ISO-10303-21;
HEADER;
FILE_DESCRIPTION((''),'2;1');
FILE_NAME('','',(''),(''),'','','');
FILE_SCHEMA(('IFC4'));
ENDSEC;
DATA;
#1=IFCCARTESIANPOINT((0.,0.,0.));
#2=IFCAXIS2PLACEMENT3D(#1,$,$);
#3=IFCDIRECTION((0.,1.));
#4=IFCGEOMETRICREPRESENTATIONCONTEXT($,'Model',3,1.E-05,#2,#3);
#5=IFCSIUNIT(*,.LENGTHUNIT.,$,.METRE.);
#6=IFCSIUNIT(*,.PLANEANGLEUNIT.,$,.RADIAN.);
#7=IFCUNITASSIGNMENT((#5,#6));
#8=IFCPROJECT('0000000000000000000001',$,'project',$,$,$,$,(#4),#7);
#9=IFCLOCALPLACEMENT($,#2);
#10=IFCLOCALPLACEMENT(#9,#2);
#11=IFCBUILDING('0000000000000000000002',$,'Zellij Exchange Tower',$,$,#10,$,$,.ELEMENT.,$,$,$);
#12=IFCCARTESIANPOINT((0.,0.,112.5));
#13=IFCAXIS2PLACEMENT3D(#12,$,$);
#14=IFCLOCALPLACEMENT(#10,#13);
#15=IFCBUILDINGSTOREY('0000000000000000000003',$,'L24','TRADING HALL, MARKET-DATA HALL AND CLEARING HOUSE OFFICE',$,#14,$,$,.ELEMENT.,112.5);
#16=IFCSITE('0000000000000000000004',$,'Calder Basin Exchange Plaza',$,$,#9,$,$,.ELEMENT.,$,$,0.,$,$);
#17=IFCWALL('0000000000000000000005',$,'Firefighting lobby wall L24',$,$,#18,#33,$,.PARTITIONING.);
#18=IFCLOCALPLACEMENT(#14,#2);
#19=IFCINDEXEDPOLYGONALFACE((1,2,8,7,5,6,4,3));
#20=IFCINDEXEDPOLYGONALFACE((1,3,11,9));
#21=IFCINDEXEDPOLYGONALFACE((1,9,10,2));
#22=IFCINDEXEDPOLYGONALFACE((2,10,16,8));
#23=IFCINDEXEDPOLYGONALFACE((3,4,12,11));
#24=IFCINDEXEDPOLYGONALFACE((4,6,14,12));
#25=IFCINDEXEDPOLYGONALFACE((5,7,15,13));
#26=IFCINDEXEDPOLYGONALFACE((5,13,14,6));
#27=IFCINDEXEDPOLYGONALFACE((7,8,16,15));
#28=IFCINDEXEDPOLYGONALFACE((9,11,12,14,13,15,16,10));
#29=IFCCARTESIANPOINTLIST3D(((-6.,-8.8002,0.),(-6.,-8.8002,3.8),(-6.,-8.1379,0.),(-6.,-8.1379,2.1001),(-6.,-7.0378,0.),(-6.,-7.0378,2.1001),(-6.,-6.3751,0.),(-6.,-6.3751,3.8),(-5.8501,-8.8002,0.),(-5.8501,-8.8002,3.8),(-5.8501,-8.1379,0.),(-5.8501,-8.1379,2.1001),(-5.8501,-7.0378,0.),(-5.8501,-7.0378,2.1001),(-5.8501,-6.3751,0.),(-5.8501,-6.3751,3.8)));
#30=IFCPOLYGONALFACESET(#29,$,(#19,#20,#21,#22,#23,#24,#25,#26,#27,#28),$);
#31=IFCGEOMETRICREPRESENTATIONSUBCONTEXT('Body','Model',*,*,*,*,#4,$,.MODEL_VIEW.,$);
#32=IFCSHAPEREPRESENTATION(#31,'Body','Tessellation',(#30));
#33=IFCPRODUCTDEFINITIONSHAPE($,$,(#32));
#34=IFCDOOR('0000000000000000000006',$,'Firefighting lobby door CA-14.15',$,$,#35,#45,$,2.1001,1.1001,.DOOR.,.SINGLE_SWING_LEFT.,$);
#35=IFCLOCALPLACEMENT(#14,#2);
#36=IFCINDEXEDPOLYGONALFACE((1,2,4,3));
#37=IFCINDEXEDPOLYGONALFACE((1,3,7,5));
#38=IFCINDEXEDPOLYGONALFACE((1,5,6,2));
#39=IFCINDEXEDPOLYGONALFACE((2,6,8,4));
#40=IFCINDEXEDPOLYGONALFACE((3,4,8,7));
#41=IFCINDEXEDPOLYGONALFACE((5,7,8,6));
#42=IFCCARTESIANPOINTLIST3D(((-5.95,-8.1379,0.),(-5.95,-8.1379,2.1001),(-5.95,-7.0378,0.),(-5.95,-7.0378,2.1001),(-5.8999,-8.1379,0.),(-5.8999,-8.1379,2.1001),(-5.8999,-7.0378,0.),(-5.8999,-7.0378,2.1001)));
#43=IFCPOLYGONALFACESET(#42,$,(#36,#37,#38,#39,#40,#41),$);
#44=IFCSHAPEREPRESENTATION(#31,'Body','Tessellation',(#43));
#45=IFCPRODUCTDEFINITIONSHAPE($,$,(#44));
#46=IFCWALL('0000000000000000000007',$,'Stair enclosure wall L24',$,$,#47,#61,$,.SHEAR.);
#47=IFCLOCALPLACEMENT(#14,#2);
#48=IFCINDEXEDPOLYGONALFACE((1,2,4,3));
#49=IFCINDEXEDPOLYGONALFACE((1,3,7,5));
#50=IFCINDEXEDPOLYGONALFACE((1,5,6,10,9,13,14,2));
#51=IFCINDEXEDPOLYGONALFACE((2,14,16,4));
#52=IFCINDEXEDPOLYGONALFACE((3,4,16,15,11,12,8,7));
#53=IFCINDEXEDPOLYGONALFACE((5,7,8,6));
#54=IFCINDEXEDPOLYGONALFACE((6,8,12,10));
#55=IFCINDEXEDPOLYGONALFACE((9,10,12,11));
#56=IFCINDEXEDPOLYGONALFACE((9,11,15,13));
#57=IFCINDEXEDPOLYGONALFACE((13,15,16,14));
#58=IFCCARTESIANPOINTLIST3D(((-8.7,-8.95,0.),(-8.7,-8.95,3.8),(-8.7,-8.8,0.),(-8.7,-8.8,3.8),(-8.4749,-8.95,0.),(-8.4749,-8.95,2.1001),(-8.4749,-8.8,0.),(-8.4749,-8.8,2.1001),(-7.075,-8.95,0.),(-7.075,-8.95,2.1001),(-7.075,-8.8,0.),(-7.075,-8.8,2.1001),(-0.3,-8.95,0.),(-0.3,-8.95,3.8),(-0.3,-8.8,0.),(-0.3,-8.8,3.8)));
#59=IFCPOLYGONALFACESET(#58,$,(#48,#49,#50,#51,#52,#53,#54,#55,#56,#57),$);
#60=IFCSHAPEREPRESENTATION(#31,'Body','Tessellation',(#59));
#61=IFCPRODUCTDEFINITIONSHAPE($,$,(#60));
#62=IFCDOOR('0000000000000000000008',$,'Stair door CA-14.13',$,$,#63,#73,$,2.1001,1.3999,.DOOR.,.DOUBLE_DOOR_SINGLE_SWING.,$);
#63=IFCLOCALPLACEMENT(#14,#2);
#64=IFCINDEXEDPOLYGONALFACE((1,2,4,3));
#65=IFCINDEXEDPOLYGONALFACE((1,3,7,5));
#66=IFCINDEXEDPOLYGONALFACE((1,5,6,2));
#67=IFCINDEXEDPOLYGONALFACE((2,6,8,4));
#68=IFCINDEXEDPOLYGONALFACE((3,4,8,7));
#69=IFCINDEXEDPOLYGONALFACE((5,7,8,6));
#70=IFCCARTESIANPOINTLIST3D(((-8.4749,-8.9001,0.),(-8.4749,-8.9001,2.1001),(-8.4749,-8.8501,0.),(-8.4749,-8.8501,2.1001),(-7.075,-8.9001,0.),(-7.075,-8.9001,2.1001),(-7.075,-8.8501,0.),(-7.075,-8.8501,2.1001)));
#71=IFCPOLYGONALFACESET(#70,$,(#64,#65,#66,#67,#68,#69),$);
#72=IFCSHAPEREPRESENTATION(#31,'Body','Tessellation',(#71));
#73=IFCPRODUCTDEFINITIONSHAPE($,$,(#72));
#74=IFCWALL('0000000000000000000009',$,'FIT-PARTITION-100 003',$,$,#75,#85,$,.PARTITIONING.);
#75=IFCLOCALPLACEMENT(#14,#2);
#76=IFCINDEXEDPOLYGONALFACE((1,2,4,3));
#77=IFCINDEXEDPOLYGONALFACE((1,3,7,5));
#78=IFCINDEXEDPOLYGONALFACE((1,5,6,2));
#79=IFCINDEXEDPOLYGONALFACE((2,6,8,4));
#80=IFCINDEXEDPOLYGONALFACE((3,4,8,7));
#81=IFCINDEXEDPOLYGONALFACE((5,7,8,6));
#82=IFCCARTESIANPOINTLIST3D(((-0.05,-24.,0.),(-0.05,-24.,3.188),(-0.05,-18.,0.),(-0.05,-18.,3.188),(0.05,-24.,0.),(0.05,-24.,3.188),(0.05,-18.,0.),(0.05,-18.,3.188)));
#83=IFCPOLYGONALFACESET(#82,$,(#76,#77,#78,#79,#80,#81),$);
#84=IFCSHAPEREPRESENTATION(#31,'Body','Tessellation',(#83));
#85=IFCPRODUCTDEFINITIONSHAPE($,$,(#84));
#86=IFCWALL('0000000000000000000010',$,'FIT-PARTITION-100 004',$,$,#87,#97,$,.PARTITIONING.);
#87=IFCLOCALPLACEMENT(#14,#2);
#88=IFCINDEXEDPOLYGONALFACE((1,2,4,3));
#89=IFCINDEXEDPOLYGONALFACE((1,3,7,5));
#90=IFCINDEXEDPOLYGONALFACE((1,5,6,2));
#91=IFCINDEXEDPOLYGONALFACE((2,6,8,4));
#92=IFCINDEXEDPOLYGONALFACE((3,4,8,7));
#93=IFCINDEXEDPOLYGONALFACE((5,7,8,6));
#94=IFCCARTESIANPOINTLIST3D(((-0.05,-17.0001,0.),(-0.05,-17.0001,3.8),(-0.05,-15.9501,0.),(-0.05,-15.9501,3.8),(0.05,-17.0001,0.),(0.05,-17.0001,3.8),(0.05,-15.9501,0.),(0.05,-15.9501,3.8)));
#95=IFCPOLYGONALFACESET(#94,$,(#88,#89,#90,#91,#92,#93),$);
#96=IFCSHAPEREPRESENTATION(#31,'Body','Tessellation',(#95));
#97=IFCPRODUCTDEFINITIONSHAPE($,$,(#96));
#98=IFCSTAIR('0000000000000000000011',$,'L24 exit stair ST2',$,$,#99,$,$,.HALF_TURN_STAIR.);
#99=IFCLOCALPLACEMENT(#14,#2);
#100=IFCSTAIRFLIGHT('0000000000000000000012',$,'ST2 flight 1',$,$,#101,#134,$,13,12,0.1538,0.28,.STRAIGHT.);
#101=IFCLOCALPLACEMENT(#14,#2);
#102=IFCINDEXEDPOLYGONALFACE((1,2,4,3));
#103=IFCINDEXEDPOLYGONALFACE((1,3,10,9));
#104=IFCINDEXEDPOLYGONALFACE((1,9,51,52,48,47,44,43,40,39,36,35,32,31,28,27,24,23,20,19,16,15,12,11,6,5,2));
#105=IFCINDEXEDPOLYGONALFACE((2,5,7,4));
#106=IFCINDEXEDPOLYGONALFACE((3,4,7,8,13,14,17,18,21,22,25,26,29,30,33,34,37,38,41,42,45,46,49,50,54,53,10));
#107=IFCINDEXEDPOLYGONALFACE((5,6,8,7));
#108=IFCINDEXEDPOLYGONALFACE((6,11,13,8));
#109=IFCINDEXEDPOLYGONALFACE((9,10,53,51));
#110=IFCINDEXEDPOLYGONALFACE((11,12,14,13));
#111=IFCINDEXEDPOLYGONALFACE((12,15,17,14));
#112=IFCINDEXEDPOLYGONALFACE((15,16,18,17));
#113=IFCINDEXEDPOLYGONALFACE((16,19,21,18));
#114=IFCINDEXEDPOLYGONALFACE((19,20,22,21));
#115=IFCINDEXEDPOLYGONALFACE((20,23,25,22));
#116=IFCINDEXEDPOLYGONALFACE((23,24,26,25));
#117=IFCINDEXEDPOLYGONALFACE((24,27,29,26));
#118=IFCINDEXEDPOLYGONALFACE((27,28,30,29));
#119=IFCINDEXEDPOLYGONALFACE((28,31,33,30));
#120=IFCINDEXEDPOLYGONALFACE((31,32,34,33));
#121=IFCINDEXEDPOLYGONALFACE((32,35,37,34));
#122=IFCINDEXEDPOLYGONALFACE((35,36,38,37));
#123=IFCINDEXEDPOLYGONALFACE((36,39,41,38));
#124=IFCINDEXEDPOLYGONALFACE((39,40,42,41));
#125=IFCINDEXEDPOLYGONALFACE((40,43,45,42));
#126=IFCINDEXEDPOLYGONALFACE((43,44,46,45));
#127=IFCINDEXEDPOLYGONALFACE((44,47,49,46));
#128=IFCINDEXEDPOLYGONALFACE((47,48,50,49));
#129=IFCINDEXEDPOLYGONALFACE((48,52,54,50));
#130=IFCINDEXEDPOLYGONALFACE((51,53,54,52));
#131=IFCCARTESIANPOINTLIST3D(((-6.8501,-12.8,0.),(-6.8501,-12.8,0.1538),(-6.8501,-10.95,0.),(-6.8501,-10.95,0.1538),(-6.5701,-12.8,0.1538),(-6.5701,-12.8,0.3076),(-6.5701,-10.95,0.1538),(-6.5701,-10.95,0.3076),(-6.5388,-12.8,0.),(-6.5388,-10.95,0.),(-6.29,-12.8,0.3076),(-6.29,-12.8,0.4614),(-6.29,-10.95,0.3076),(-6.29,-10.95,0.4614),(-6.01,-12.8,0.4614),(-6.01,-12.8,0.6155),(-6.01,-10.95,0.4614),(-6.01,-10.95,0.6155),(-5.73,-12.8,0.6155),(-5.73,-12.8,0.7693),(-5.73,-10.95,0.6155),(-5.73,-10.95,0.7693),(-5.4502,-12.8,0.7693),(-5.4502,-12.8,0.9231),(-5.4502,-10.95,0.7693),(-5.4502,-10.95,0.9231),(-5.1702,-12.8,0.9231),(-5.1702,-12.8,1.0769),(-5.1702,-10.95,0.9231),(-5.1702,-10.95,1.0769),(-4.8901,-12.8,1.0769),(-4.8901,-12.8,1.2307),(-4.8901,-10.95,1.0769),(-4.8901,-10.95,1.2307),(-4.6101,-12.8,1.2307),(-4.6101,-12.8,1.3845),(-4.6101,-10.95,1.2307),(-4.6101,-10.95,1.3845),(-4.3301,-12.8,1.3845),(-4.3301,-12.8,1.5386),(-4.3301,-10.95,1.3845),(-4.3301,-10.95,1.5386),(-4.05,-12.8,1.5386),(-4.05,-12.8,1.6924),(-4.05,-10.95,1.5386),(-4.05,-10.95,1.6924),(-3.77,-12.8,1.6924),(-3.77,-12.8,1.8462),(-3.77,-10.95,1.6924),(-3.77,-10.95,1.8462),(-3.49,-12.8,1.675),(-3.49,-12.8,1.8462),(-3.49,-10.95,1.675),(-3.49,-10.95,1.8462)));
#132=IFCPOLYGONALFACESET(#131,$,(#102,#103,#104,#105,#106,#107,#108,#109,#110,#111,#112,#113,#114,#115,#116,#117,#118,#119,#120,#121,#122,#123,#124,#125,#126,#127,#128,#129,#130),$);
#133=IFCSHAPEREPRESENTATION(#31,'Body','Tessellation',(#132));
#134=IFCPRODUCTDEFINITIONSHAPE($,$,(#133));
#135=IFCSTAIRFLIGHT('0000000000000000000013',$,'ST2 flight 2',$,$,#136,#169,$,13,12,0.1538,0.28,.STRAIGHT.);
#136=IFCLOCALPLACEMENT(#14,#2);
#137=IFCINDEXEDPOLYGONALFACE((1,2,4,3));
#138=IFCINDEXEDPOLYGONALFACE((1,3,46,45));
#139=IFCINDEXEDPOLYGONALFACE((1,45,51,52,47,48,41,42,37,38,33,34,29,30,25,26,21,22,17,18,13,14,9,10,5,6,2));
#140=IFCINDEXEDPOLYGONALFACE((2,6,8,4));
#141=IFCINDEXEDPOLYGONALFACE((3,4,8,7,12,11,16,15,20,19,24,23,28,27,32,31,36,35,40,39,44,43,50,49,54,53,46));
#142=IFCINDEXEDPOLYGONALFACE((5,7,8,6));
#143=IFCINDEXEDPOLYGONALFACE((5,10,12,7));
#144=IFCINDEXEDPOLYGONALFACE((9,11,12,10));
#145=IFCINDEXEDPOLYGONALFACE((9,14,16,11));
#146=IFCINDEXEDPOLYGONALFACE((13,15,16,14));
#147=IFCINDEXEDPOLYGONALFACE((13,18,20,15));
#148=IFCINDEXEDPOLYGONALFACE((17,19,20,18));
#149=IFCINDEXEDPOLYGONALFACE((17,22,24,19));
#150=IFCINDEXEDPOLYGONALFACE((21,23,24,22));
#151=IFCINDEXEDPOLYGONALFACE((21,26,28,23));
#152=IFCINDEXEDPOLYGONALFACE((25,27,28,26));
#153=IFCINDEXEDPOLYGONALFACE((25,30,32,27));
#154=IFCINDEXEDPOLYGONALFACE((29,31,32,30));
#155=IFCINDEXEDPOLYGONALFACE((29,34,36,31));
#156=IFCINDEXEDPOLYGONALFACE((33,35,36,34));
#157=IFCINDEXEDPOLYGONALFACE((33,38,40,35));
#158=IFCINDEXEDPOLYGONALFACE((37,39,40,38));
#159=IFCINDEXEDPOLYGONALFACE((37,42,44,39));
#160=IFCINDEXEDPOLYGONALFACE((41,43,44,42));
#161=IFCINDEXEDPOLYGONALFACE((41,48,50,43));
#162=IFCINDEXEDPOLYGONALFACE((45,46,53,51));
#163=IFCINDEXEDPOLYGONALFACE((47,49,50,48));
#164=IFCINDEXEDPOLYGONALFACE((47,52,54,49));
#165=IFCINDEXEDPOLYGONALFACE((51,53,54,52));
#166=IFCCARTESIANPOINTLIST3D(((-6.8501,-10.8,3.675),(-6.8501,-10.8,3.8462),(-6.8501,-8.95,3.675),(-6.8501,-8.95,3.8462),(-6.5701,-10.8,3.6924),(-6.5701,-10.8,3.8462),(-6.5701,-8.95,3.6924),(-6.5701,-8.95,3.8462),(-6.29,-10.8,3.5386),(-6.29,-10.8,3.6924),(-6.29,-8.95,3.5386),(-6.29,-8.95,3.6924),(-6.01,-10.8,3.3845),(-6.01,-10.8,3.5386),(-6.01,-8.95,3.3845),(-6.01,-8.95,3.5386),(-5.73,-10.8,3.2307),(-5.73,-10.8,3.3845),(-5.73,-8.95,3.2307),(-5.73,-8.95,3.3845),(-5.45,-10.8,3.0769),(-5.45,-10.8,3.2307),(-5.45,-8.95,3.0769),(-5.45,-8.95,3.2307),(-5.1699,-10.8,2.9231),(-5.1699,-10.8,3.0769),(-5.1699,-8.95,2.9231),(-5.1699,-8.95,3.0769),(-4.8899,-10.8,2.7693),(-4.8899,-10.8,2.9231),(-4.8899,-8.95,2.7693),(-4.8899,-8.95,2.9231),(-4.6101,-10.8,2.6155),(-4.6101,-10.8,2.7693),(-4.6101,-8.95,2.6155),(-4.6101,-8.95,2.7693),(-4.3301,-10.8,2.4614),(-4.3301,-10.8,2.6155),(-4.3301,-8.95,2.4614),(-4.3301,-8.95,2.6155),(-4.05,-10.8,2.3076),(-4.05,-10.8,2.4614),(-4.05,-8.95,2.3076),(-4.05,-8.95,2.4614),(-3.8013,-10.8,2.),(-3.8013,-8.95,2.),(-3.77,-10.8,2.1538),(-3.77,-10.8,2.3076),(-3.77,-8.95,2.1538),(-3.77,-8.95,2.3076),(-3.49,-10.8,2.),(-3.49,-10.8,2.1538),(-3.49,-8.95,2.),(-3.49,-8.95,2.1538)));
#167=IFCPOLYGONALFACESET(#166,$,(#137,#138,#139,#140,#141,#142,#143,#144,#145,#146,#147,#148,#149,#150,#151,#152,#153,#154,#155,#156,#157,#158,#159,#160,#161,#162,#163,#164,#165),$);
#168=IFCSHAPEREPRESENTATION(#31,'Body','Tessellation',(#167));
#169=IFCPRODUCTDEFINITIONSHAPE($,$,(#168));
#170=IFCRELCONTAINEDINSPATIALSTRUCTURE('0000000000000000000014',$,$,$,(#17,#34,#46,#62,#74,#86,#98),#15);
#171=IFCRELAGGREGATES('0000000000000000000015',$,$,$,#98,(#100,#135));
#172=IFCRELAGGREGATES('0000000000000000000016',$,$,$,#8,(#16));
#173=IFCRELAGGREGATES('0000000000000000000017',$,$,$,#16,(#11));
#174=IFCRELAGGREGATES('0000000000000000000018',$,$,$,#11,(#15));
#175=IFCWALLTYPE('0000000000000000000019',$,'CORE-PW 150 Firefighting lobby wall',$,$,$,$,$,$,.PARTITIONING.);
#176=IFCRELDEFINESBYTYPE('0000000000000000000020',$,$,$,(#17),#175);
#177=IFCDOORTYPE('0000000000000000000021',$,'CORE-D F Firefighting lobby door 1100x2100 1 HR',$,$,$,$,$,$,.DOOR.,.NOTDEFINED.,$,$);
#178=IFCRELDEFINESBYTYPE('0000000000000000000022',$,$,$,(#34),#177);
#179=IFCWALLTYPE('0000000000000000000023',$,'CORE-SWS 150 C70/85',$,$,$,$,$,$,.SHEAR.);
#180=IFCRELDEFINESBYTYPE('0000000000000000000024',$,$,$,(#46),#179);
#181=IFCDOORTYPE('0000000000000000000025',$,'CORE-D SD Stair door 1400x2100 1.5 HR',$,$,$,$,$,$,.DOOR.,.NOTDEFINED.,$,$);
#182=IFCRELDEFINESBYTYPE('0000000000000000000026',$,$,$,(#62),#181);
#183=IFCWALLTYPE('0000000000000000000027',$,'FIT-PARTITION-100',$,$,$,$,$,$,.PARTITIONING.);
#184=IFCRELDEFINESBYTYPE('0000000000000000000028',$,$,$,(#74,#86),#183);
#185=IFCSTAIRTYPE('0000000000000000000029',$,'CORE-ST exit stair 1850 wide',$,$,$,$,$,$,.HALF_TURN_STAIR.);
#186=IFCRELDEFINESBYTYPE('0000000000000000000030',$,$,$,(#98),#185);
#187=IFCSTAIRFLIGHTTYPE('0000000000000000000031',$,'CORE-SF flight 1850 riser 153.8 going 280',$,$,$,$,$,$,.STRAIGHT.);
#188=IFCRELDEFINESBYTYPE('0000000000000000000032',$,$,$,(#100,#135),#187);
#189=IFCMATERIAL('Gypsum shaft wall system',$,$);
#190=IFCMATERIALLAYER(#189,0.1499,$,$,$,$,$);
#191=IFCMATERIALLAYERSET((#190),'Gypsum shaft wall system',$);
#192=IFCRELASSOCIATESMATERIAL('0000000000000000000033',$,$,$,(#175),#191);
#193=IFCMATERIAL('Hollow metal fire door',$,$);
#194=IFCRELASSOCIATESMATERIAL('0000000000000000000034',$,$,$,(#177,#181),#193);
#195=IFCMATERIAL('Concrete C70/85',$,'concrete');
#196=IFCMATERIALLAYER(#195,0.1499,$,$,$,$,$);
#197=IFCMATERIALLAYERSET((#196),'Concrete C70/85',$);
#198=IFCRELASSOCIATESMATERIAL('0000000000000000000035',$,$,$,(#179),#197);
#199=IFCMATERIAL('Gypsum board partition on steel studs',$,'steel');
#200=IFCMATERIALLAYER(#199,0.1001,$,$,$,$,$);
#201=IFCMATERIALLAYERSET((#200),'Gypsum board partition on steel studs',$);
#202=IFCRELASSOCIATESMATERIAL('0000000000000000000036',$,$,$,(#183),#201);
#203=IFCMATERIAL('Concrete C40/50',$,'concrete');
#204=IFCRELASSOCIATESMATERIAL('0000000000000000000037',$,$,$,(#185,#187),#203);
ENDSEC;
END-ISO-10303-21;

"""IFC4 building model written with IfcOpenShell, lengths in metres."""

from ifc_helpers import new_model, si_unit, direction, frame, frame_2d, origin, place, context, subcontext, project, spatial, polyline, rectangle, outline, extrude, material, layer, layer_set, type_object, element, fill, aggregate, save


model = new_model("IFC4")

# Units and contexts
model_context = context("Model", 3, precision=1e-05, world=origin(), true_north=direction((0.0, 1.0)))
body_context = subcontext(model_context, "Body", "Model", "MODEL_VIEW")
ifc_project = project(units=[si_unit("LENGTHUNIT", "METRE"), si_unit("PLANEANGLEUNIT", "RADIAN")], contexts=[model_context])

# Site, building, storey
site_placement = place(None, origin())
site = spatial("IfcSite", under=ifc_project, at=site_placement, Name="Calder Basin Exchange Plaza", CompositionType="ELEMENT", RefElevation=0.0)
building_placement = place(site_placement, origin())
building = spatial("IfcBuilding", under=site, at=building_placement, Name="Zellij Exchange Tower", CompositionType="ELEMENT")
storey_placement = place(building_placement, frame((0.0, 0.0, 112.5)))
storey = spatial("IfcBuildingStorey", under=building, at=storey_placement, Name="L24", Description="TRADING HALL, MARKET-DATA HALL AND CLEARING HOUSE OFFICE", CompositionType="ELEMENT", Elevation=112.5)

# Shared definitions
ifc_material_1 = material(Name="Concrete C70/85", Category="concrete")

# Walls, openings, doors
ifc_material_2 = material(Name="Gypsum shaft wall system")
ifc_layer_1 = layer(ifc_material_2, 0.1499)
ifc_layer_set_1 = layer_set([ifc_layer_1], Name="Gypsum shaft wall system")
wall_type_1 = type_object("IfcWallType", Name="CORE-PW 150 Firefighting lobby wall", PredefinedType="PARTITIONING", material=ifc_layer_set_1)
wall_1_placement = place(storey_placement, frame((-5.925, -8.8, 0.0), z_axis=(0.0, 0.0, 1.0), x_axis=(0.0, 1.0, 0.0)))
wall_1 = element("IfcWall", 1, at=wall_1_placement, inside=storey, type_object=wall_type_1, Name="Firefighting lobby wall L24", PredefinedType="PARTITIONING", context=body_context, shape_type="SweptSolid", body=[
    extrude(rectangle(XDim=2.425, YDim=0.1499, at=frame_2d((1.2124, 0.0))), origin(), (0.0, 0.0, 1.0), 3.8),
])
opening_1_placement = place(wall_1_placement, frame((0.6621, 0.0, 0.0)))
opening_1 = element("IfcOpeningElement", 2, at=opening_1_placement, cuts=wall_1, PredefinedType="OPENING", context=body_context, shape_type="SweptSolid", body=[
    extrude(rectangle(XDim=1.1001, YDim=2.1001, at=frame_2d((0.55, 1.05))), frame((0.0, 0.0869, 0.0), z_axis=(0.0, -1.0, 0.0), x_axis=(1.0, 0.0, 0.0)), (0.0, 0.0, 1.0), 0.1738),
])
ifc_material_3 = material(Name="Hollow metal fire door")
door_type_1 = type_object("IfcDoorType", Name="CORE-D F Firefighting lobby door 1100x2100 1 HR", OperationType="NOTDEFINED", PredefinedType="DOOR", material=ifc_material_3)
door_1_placement = place(opening_1_placement, origin())
door_1 = element("IfcDoor", 3, at=door_1_placement, inside=storey, type_object=door_type_1, Name="Firefighting lobby door CA-14.15", OperationType="SINGLE_SWING_LEFT", OverallHeight=2.1001, OverallWidth=1.1001, PredefinedType="DOOR", context=body_context, shape_type="SweptSolid", body=[
    extrude(rectangle(XDim=1.1001, YDim=2.1001, at=frame_2d((0.55, 1.05))), frame((0.0, 0.0249, 0.0), z_axis=(0.0, -1.0, 0.0), x_axis=(1.0, 0.0, 0.0)), (0.0, 0.0, 1.0), 0.05),
])
fill(opening_1, door_1)
ifc_layer_2 = layer(ifc_material_1, 0.1499)
ifc_layer_set_2 = layer_set([ifc_layer_2], Name="Concrete C70/85")
wall_type_2 = type_object("IfcWallType", Name="CORE-SWS 150 C70/85", PredefinedType="SHEAR", material=ifc_layer_set_2)
wall_2_placement = place(storey_placement, frame((-8.7, -8.875, 0.0), z_axis=(0.0, 0.0, 1.0), x_axis=(1.0, 0.0, 0.0)))
wall_2 = element("IfcWall", 4, at=wall_2_placement, inside=storey, type_object=wall_type_2, Name="Stair enclosure wall L24", PredefinedType="SHEAR", context=body_context, shape_type="SweptSolid", body=[
    extrude(rectangle(XDim=8.3999, YDim=0.1499, at=frame_2d((4.2, 0.0))), origin(), (0.0, 0.0, 1.0), 3.8),
])
opening_2_placement = place(wall_2_placement, frame((0.2251, 0.0, 0.0)))
opening_2 = element("IfcOpeningElement", 5, at=opening_2_placement, cuts=wall_2, PredefinedType="OPENING", context=body_context, shape_type="SweptSolid", body=[
    extrude(rectangle(XDim=1.3999, YDim=2.1001, at=frame_2d((0.7, 1.05))), frame((0.0, 0.0869, 0.0), z_axis=(0.0, -1.0, 0.0), x_axis=(1.0, 0.0, 0.0)), (0.0, 0.0, 1.0), 0.1738),
])
door_type_2 = type_object("IfcDoorType", Name="CORE-D SD Stair door 1400x2100 1.5 HR", OperationType="NOTDEFINED", PredefinedType="DOOR", material=ifc_material_3)
door_2_placement = place(opening_2_placement, origin())
door_2 = element("IfcDoor", 6, at=door_2_placement, inside=storey, type_object=door_type_2, Name="Stair door CA-14.13", OperationType="DOUBLE_DOOR_SINGLE_SWING", OverallHeight=2.1001, OverallWidth=1.3999, PredefinedType="DOOR", context=body_context, shape_type="SweptSolid", body=[
    extrude(rectangle(XDim=1.3999, YDim=2.1001, at=frame_2d((0.7, 1.05))), frame((0.0, 0.0249, 0.0), z_axis=(0.0, -1.0, 0.0), x_axis=(1.0, 0.0, 0.0)), (0.0, 0.0, 1.0), 0.05),
])
fill(opening_2, door_2)

# Walls
ifc_material_4 = material(Name="Gypsum board partition on steel studs", Category="steel")
ifc_layer_3 = layer(ifc_material_4, 0.1001)
ifc_layer_set_3 = layer_set([ifc_layer_3], Name="Gypsum board partition on steel studs")
wall_type_3 = type_object("IfcWallType", Name="FIT-PARTITION-100", PredefinedType="PARTITIONING", material=ifc_layer_set_3)
wall_3_placement = place(storey_placement, frame((0.0, -24.0, 0.0), z_axis=(0.0, 0.0, 1.0), x_axis=(0.0, 1.0, 0.0)))
element("IfcWall", 7, at=wall_3_placement, inside=storey, type_object=wall_type_3, Name="FIT-PARTITION-100 003", PredefinedType="PARTITIONING", context=body_context, shape_type="SweptSolid", body=[
    extrude(rectangle(XDim=6.0, YDim=0.1001, at=frame_2d((3.0, 0.0))), origin(), (0.0, 0.0, 1.0), 3.188),
])
wall_4_placement = place(storey_placement, frame((0.0, -17.0, 0.0), z_axis=(0.0, 0.0, 1.0), x_axis=(0.0, 1.0, 0.0)))
element("IfcWall", 8, at=wall_4_placement, inside=storey, type_object=wall_type_3, Name="FIT-PARTITION-100 004", PredefinedType="PARTITIONING", context=body_context, shape_type="SweptSolid", body=[
    extrude(rectangle(XDim=1.05, YDim=0.1001, at=frame_2d((0.5249, 0.0))), origin(), (0.0, 0.0, 1.0), 3.8),
])

# Stair, stair flights
ifc_material_5 = material(Name="Concrete C40/50", Category="concrete")
stair_type = type_object("IfcStairType", Name="CORE-ST exit stair 1850 wide", PredefinedType="HALF_TURN_STAIR", material=ifc_material_5)
stair_placement = place(storey_placement, origin())
stair = element("IfcStair", 9, at=stair_placement, inside=storey, type_object=stair_type, Name="L24 exit stair ST2", PredefinedType="HALF_TURN_STAIR")
stair_flight_type = type_object("IfcStairFlightType", Name="CORE-SF flight 1850 riser 153.8 going 280", PredefinedType="STRAIGHT", material=ifc_material_5)
stair_flight_1_placement = place(storey_placement, frame((-6.8501, -11.875, 0.0), z_axis=(0.0, 0.0, 1.0), x_axis=(1.0, 0.0, 0.0)))
stair_flight_1 = element("IfcStairFlight", 10, at=stair_flight_1_placement, type_object=stair_flight_type, Name="ST2 flight 1", NumberOfRisers=13, NumberOfTreads=12, PredefinedType="STRAIGHT", RiserHeight=0.1538, TreadLength=0.28, context=body_context, shape_type="SweptSolid", body=[
    extrude(outline(polyline([(0.0, 0.0), (0.0, 0.1538), (0.28, 0.1538), (0.28, 0.3076), (0.5601, 0.3076), (0.5601, 0.4614), (0.8401, 0.4614), (0.8401, 0.6155), (1.1201, 0.6155), (1.1201, 0.7693), (1.3999, 0.7693), (1.3999, 0.9231), (1.6799, 0.9231), (1.6799, 1.0769), (1.96, 1.0769), (1.96, 1.2307), (2.24, 1.2307), (2.24, 1.3845), (2.52, 1.3845), (2.52, 1.5386), (2.8, 1.5386), (2.8, 1.6924), (3.0801, 1.6924), (3.0801, 1.8462), (3.3601, 1.8462), (3.3601, 2.0), (3.3601, 1.675), (0.3113, 0.0), (0.0, 0.0)])), frame((0.0, 0.925, 0.0), z_axis=(0.0, -1.0, 0.0), x_axis=(1.0, 0.0, 0.0)), (0.0, 0.0, 1.0), 1.8501),
])
stair_flight_2_placement = place(storey_placement, frame((-3.49, -9.875, 2.0), z_axis=(0.0, 0.0, 1.0), x_axis=(-1.0, 0.0, 0.0)))
stair_flight_2 = element("IfcStairFlight", 11, at=stair_flight_2_placement, type_object=stair_flight_type, Name="ST2 flight 2", NumberOfRisers=13, NumberOfTreads=12, PredefinedType="STRAIGHT", RiserHeight=0.1538, TreadLength=0.28, context=body_context, shape_type="SweptSolid", body=[
    extrude(outline(polyline([(0.0, 0.0), (0.0, 0.1538), (0.28, 0.1538), (0.28, 0.3076), (0.5601, 0.3076), (0.5601, 0.4614), (0.8401, 0.4614), (0.8401, 0.6155), (1.1201, 0.6155), (1.1201, 0.7693), (1.3999, 0.7693), (1.3999, 0.9231), (1.6799, 0.9231), (1.6799, 1.0769), (1.96, 1.0769), (1.96, 1.2307), (2.24, 1.2307), (2.24, 1.3845), (2.52, 1.3845), (2.52, 1.5386), (2.8, 1.5386), (2.8, 1.6924), (3.0801, 1.6924), (3.0801, 1.8462), (3.3601, 1.8462), (3.3601, 2.0), (3.3601, 1.675), (0.3113, 0.0), (0.0, 0.0)])), frame((0.0, 0.925, 0.0), z_axis=(0.0, -1.0, 0.0), x_axis=(1.0, 0.0, 0.0)), (0.0, 0.0, 1.0), 1.8501),
])
aggregate(stair, [stair_flight_1, stair_flight_2])

save(model, "model.ifc")
